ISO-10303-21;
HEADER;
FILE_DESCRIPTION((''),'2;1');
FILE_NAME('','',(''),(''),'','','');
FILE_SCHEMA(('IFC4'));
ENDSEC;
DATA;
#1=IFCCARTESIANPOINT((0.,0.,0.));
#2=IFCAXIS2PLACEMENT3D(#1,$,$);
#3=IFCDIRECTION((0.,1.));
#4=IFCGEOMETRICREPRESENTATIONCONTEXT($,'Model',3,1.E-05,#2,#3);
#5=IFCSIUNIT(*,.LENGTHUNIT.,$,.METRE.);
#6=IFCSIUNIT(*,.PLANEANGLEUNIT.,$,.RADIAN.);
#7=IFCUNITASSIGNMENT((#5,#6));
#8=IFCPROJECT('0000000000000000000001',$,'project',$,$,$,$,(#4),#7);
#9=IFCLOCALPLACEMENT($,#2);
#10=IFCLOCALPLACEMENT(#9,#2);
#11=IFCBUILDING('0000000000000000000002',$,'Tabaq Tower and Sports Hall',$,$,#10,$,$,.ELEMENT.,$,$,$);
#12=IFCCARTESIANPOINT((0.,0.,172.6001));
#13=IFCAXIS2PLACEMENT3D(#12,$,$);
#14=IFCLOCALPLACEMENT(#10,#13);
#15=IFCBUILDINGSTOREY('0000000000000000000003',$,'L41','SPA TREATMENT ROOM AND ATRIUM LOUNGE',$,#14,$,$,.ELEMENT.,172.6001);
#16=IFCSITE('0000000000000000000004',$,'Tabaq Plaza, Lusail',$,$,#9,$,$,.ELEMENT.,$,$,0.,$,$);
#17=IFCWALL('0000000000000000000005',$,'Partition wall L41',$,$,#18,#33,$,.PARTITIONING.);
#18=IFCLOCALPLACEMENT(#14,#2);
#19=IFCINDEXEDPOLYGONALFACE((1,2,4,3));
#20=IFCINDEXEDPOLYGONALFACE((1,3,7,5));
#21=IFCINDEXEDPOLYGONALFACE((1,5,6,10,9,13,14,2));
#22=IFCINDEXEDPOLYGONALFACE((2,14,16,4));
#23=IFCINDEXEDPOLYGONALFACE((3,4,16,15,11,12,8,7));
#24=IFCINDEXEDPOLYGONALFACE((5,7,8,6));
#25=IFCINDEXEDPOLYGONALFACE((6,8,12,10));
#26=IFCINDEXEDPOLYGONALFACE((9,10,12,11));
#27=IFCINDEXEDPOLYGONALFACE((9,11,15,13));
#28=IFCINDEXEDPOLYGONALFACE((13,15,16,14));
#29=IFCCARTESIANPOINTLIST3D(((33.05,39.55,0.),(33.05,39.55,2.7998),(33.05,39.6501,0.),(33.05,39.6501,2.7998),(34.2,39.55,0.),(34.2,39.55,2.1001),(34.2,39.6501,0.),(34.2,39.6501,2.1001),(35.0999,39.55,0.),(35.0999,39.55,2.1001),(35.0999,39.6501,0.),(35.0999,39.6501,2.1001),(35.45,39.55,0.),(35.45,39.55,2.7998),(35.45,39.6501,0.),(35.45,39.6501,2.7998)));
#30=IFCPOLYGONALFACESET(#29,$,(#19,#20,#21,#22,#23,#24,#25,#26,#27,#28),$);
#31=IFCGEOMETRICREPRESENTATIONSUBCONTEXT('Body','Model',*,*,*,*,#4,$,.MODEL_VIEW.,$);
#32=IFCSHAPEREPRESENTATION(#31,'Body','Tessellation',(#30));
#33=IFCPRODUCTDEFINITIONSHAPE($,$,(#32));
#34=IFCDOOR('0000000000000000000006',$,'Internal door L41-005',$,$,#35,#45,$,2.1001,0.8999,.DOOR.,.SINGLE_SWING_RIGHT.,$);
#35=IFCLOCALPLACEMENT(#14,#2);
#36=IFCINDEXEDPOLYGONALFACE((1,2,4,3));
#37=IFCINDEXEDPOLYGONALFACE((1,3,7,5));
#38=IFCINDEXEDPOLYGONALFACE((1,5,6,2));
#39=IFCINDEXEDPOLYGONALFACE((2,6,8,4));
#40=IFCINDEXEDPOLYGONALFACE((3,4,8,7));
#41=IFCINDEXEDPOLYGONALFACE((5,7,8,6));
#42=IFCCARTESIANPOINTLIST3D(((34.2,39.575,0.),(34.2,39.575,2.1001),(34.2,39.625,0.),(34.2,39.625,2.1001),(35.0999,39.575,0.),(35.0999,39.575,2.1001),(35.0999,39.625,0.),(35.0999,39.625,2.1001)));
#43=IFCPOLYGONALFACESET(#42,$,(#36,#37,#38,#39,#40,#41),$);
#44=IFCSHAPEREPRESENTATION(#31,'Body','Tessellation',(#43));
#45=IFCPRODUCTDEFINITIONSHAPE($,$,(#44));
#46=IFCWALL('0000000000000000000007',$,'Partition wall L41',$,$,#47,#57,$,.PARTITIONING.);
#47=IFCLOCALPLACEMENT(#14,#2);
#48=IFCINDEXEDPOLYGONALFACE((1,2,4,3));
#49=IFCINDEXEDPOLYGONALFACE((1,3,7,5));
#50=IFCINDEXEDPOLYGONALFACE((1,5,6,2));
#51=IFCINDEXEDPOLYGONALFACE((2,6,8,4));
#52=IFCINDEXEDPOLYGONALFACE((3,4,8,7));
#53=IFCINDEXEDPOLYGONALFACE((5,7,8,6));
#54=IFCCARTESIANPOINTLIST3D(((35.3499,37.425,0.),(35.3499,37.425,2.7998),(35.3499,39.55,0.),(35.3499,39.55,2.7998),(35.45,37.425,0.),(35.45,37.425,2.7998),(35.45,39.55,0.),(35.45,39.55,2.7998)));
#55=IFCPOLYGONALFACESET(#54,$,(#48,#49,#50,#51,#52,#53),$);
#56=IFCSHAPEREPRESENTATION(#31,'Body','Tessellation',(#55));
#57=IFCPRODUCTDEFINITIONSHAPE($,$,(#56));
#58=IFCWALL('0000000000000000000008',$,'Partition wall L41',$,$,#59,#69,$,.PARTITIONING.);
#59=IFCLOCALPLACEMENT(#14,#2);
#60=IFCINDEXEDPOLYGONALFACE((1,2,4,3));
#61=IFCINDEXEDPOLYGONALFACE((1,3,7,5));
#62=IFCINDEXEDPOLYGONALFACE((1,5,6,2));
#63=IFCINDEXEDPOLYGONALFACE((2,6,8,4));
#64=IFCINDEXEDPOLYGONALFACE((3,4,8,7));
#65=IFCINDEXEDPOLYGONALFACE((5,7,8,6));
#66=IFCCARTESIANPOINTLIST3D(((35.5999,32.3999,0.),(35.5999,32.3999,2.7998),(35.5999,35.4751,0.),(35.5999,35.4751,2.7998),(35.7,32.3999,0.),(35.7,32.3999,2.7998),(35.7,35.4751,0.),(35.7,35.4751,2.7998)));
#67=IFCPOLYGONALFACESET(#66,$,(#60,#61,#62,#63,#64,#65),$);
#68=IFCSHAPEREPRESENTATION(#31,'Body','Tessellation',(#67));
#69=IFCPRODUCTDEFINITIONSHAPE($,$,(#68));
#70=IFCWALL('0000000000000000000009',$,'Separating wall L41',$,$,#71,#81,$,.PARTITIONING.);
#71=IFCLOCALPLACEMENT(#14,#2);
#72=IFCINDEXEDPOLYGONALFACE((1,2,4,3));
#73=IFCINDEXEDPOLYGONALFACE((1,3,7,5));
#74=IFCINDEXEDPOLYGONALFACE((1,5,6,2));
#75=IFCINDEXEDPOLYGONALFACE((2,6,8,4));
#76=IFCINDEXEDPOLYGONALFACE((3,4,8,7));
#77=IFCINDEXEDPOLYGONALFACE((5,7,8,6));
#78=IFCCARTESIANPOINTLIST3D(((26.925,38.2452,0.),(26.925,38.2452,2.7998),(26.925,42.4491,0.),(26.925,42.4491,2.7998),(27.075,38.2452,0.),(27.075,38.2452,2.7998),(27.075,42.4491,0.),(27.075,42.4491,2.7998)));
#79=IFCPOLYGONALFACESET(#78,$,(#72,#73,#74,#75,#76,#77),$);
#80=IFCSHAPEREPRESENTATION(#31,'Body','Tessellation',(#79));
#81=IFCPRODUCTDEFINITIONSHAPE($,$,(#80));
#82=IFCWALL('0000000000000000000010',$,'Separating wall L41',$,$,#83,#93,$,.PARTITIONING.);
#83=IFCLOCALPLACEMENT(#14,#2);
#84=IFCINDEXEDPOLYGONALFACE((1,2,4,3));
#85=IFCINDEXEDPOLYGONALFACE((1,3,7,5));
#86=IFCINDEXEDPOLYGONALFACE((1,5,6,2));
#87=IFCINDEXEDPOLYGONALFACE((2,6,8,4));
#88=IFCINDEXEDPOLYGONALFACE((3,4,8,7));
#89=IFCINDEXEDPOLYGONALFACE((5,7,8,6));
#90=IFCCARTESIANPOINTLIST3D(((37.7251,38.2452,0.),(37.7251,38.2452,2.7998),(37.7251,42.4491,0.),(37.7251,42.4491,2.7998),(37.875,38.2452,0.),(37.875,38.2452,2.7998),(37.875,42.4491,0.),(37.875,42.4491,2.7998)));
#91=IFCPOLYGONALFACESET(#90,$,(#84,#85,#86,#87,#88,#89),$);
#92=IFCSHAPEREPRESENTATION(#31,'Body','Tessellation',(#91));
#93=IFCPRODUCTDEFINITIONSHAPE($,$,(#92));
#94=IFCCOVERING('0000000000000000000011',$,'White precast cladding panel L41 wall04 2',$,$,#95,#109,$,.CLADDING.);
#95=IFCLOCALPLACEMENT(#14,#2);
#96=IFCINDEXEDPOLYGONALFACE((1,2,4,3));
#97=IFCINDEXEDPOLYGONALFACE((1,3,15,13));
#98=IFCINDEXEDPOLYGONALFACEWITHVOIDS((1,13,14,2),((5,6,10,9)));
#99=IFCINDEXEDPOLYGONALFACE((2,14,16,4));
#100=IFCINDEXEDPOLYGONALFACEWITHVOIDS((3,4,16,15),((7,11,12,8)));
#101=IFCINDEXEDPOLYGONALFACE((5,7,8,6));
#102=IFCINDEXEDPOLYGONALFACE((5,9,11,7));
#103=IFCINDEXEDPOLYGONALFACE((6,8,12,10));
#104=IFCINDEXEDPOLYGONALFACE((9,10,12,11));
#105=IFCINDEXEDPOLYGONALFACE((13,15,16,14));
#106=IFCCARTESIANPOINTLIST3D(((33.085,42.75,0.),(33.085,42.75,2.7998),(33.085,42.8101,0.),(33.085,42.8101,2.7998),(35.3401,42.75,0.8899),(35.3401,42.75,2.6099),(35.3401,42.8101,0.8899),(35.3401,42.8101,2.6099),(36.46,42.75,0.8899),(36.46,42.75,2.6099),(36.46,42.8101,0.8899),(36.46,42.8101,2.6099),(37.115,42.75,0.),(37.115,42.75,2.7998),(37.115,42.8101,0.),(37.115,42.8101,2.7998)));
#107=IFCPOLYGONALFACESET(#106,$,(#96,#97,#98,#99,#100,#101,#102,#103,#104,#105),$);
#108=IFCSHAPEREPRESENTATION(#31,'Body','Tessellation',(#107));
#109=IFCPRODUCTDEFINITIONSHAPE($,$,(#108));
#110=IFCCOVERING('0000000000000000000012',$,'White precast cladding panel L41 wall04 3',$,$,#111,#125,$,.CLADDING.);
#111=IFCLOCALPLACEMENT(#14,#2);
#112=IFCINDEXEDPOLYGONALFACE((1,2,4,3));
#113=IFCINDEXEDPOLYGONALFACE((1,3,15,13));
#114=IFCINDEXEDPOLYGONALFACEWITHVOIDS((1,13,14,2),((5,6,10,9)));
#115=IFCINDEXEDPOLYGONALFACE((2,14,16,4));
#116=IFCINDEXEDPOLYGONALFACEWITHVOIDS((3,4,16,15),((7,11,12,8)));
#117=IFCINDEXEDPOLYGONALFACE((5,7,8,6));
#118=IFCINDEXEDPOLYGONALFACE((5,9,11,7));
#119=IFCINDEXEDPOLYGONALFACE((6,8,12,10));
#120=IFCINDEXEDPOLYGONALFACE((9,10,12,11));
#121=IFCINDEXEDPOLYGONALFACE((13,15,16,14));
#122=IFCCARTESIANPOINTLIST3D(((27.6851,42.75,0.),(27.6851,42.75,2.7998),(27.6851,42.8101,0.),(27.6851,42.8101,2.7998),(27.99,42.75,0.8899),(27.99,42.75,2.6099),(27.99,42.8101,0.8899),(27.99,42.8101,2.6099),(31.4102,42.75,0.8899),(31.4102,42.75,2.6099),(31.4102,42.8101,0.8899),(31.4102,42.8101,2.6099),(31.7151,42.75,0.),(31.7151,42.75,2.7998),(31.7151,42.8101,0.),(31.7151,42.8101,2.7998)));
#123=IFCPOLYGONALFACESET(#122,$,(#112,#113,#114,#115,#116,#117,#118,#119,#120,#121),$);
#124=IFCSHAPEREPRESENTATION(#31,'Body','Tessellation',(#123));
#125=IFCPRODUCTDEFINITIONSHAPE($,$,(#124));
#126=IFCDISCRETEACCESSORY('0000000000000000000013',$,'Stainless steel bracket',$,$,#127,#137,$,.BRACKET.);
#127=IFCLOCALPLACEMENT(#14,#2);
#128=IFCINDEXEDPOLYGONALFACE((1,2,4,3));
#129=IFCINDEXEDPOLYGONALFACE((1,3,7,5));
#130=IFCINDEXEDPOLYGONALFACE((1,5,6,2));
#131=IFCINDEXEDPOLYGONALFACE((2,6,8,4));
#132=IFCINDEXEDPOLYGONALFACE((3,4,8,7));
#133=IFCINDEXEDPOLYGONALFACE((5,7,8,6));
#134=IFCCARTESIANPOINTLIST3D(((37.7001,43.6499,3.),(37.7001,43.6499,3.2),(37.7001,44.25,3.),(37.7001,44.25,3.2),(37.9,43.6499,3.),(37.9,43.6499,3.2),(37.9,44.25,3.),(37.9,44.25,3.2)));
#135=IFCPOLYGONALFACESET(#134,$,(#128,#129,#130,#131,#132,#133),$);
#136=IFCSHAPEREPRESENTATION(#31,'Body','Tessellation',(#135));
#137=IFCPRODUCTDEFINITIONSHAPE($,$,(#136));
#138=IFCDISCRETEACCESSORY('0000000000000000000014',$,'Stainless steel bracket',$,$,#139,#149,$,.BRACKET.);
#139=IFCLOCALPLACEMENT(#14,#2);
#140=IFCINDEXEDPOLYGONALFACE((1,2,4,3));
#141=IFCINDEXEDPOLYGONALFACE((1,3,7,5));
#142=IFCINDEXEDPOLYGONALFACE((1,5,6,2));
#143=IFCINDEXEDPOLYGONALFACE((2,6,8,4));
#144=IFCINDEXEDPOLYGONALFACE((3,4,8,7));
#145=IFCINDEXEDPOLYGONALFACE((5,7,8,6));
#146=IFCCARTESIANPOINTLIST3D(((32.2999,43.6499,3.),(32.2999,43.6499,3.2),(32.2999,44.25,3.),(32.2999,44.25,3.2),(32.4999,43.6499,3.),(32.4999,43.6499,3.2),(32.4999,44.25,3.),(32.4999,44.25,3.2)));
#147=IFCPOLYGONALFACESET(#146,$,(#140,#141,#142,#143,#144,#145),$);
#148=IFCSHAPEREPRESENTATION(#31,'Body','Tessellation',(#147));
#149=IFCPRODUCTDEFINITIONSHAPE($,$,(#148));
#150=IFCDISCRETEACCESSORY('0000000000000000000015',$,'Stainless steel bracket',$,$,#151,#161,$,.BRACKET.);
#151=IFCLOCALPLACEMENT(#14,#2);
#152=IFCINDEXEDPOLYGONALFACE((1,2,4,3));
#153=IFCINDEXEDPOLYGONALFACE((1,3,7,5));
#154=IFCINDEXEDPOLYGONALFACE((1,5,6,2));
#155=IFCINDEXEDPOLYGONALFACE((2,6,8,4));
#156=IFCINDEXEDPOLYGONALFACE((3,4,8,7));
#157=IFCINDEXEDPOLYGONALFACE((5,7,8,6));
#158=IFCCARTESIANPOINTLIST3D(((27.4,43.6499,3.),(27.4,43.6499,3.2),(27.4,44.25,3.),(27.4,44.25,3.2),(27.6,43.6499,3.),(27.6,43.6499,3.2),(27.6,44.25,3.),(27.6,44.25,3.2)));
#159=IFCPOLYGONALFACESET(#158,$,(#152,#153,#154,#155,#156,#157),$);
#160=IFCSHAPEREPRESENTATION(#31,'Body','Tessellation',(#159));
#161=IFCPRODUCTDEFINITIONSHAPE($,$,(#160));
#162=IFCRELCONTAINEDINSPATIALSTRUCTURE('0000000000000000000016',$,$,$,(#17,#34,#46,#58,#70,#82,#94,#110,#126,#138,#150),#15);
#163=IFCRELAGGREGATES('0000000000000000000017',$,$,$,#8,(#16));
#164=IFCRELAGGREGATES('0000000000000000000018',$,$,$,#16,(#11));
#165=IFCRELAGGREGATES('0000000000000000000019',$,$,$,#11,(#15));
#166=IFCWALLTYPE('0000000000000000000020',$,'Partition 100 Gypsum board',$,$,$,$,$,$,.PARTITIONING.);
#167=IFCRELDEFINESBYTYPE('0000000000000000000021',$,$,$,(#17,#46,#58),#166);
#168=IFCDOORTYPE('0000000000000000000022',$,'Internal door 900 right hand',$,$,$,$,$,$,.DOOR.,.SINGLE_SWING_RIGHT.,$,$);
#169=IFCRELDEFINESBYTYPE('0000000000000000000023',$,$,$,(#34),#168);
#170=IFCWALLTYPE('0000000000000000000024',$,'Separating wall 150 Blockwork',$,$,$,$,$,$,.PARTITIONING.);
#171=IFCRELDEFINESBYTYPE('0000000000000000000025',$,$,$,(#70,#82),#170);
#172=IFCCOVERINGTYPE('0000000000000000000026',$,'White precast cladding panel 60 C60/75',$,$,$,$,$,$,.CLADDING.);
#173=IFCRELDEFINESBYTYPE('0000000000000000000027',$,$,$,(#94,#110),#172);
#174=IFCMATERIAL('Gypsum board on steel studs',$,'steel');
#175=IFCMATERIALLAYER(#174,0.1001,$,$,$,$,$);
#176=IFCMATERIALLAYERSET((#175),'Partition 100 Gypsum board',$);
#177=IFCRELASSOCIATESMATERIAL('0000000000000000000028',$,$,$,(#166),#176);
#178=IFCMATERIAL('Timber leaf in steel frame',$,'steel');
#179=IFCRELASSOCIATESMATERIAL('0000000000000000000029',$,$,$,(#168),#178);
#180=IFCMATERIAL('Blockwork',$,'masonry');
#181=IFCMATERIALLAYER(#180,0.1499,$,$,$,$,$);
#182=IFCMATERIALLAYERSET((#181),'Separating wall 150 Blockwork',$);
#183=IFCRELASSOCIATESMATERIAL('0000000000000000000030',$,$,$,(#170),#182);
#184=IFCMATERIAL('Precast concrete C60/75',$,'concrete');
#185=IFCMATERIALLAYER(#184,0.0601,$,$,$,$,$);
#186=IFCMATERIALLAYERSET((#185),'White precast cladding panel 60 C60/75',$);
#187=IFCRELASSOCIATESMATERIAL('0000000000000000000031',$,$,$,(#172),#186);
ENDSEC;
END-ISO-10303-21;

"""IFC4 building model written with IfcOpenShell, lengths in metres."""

from ifc_helpers import new_model, si_unit, direction, frame, frame_2d, origin, origin_2d, place, context, subcontext, project, spatial, polyline, rectangle, outline, extrude, material, layer, layer_set, type_object, element, fill, save


model = new_model("IFC4")

# Units and contexts
model_context = context("Model", 3, precision=1e-05, world=origin(), true_north=direction((0.0, 1.0)))
body_context = subcontext(model_context, "Body", "Model", "MODEL_VIEW")
ifc_project = project(units=[si_unit("LENGTHUNIT", "METRE"), si_unit("PLANEANGLEUNIT", "RADIAN")], contexts=[model_context])

# Site, building, storey
site_placement = place(None, origin())
site = spatial("IfcSite", under=ifc_project, at=site_placement, Name="Tabaq Plaza, Lusail", CompositionType="ELEMENT", RefElevation=0.0)
building_placement = place(site_placement, origin())
building = spatial("IfcBuilding", under=site, at=building_placement, Name="Tabaq Tower and Sports Hall", CompositionType="ELEMENT")
storey_placement = place(building_placement, frame((0.0, 0.0, 172.6001)))
storey = spatial("IfcBuildingStorey", under=building, at=storey_placement, Name="L41", Description="SPA TREATMENT ROOM AND ATRIUM LOUNGE", CompositionType="ELEMENT", Elevation=172.6001)

# Shared definitions
ifc_material_1 = material(Name="Gypsum board on steel studs", Category="steel")
ifc_layer_1 = layer(ifc_material_1, 0.1001)
ifc_layer_set_1 = layer_set([ifc_layer_1], Name="Partition 100 Gypsum board")
wall_type_1 = type_object("IfcWallType", Name="Partition 100 Gypsum board", PredefinedType="PARTITIONING", material=ifc_layer_set_1)

# Wall, opening, door
wall_1_placement = place(storey_placement, frame((33.05, 39.6001, 0.0), z_axis=(0.0, 0.0, 1.0), x_axis=(1.0, 0.0, 0.0)))
wall_1 = element("IfcWall", 1, at=wall_1_placement, inside=storey, type_object=wall_type_1, Name="Partition wall L41", PredefinedType="PARTITIONING", context=body_context, shape_type="SweptSolid", body=[
    extrude(rectangle(XDim=2.3999, YDim=0.1001, at=frame_2d((1.2, 0.0))), origin(), (0.0, 0.0, 1.0), 2.7998),
])
opening_1_placement = place(wall_1_placement, frame((1.1499, 0.0, 0.0)))
opening_1 = element("IfcOpeningElement", 2, at=opening_1_placement, cuts=wall_1, PredefinedType="OPENING", context=body_context, shape_type="SweptSolid", body=[
    extrude(rectangle(XDim=0.8999, YDim=2.1001, at=frame_2d((0.45, 1.05))), frame((0.0, 0.05, 0.0), z_axis=(0.0, -1.0, 0.0), x_axis=(1.0, 0.0, 0.0)), (0.0, 0.0, 1.0), 0.1001),
])
ifc_material_2 = material(Name="Timber leaf in steel frame", Category="steel")
door_type_1 = type_object("IfcDoorType", Name="Internal door 900 right hand", OperationType="SINGLE_SWING_RIGHT", PredefinedType="DOOR", material=ifc_material_2)
door_1_placement = place(opening_1_placement, origin())
door_1 = element("IfcDoor", 3, at=door_1_placement, inside=storey, type_object=door_type_1, Name="Internal door L41-005", OperationType="SINGLE_SWING_RIGHT", OverallHeight=2.1001, OverallWidth=0.8999, PredefinedType="DOOR", context=body_context, shape_type="SweptSolid", body=[
    extrude(rectangle(XDim=0.8999, YDim=2.1001, at=frame_2d((0.45, 1.05))), frame((0.0, 0.0249, 0.0), z_axis=(0.0, -1.0, 0.0), x_axis=(1.0, 0.0, 0.0)), (0.0, 0.0, 1.0), 0.05),
])
fill(opening_1, door_1)

# Walls
wall_2_placement = place(storey_placement, frame((35.3999, 39.55, 0.0), z_axis=(0.0, 0.0, 1.0), x_axis=(0.0, -1.0, 0.0)))
element("IfcWall", 4, at=wall_2_placement, inside=storey, type_object=wall_type_1, Name="Partition wall L41", PredefinedType="PARTITIONING", context=body_context, shape_type="SweptSolid", body=[
    extrude(rectangle(XDim=2.125, YDim=0.1001, at=frame_2d((1.0625, 0.0))), origin(), (0.0, 0.0, 1.0), 2.7998),
])
wall_3_placement = place(storey_placement, frame((35.6499, 35.4751, 0.0), z_axis=(0.0, 0.0, 1.0), x_axis=(0.0, -1.0, 0.0)))
element("IfcWall", 5, at=wall_3_placement, inside=storey, type_object=wall_type_1, Name="Partition wall L41", PredefinedType="PARTITIONING", context=body_context, shape_type="SweptSolid", body=[
    extrude(rectangle(XDim=3.0752, YDim=0.1001, at=frame_2d((1.5376, 0.0))), origin(), (0.0, 0.0, 1.0), 2.7998),
])
ifc_material_3 = material(Name="Blockwork", Category="masonry")
ifc_layer_2 = layer(ifc_material_3, 0.1499)
ifc_layer_set_2 = layer_set([ifc_layer_2], Name="Separating wall 150 Blockwork")
wall_type_2 = type_object("IfcWallType", Name="Separating wall 150 Blockwork", PredefinedType="PARTITIONING", material=ifc_layer_set_2)
for number, where, z_axis, x_axis, name in (
    (6, (27.0, 38.2451, 0.0), (0.0, 0.0, 1.0), (0.0, 1.0, 0.0), "Separating wall L41"),
    (7, (37.8, 38.2451, 0.0), (0.0, 0.0, 1.0), (0.0, 1.0, 0.0), "Separating wall L41"),
):
    element("IfcWall", number, at=place(storey_placement, frame(where, z_axis=z_axis, x_axis=x_axis)), inside=storey, type_object=wall_type_2, Name=name, PredefinedType="PARTITIONING", context=body_context, shape_type="SweptSolid", body=[
        extrude(rectangle(XDim=4.2039, YDim=0.1499, at=frame_2d((2.1021, 0.0))), origin(), (0.0, 0.0, 1.0), 2.7998),
    ])

# Coverings
ifc_material_4 = material(Name="Precast concrete C60/75", Category="concrete")
ifc_layer_3 = layer(ifc_material_4, 0.0601)
ifc_layer_set_3 = layer_set([ifc_layer_3], Name="White precast cladding panel 60 C60/75")
covering_type = type_object("IfcCoveringType", Name="White precast cladding panel 60 C60/75", PredefinedType="CLADDING", material=ifc_layer_set_3)
covering_1_placement = place(storey_placement, frame((37.115, 42.78, 0.0), z_axis=(0.0, 0.0, 1.0), x_axis=(-1.0, 0.0, 0.0)))
element("IfcCovering", 8, at=covering_1_placement, inside=storey, type_object=covering_type, Name="White precast cladding panel L41 wall04 2", PredefinedType="CLADDING", context=body_context, shape_type="SweptSolid", body=[
    extrude(outline(polyline([(0.0, 0.0), (4.03, 0.0), (4.03, 2.7998), (0.0, 2.7998), (0.0, 0.0)]), holes=[polyline([(0.655, 0.8899), (0.655, 2.6099), (1.7749, 2.6099), (1.7749, 0.8899), (0.655, 0.8899)])]), frame((0.0, 0.03, 0.0), z_axis=(0.0, -1.0, 0.0), x_axis=(1.0, 0.0, 0.0)), (0.0, 0.0, 1.0), 0.0601),
])
covering_2_placement = place(storey_placement, frame((31.7151, 42.78, 0.0), z_axis=(0.0, 0.0, 1.0), x_axis=(-1.0, 0.0, 0.0)))
element("IfcCovering", 9, at=covering_2_placement, inside=storey, type_object=covering_type, Name="White precast cladding panel L41 wall04 3", PredefinedType="CLADDING", context=body_context, shape_type="SweptSolid", body=[
    extrude(outline(polyline([(0.0, 0.0), (4.03, 0.0), (4.03, 2.7998), (0.0, 2.7998), (0.0, 0.0)]), holes=[polyline([(0.3049, 0.8899), (0.3049, 2.6099), (3.7251, 2.6099), (3.7251, 0.8899), (0.3049, 0.8899)])]), frame((0.0, 0.03, 0.0), z_axis=(0.0, -1.0, 0.0), x_axis=(1.0, 0.0, 0.0)), (0.0, 0.0, 1.0), 0.0601),
])

# Discrete accessories
for number, where, z_axis, x_axis, name in (
    (10, (37.8, 43.95, 3.0), (0.0, 0.0, 1.0), (0.0, 1.0, 0.0), "Stainless steel bracket"),
    (11, (32.3999, 43.95, 3.0), (0.0, 0.0, 1.0), (0.0, 1.0, 0.0), "Stainless steel bracket"),
    (12, (27.5, 43.95, 3.0), (0.0, 0.0, 1.0), (0.0, 1.0, 0.0), "Stainless steel bracket"),
):
    element("IfcDiscreteAccessory", number, at=place(storey_placement, frame(where, z_axis=z_axis, x_axis=x_axis)), inside=storey, Name=name, PredefinedType="BRACKET", context=body_context, shape_type="SweptSolid", body=[
        extrude(rectangle(XDim=0.6001, YDim=0.2, at=origin_2d()), origin(), (0.0, 0.0, 1.0), 0.2),
    ])

save(model, "model.ifc")
